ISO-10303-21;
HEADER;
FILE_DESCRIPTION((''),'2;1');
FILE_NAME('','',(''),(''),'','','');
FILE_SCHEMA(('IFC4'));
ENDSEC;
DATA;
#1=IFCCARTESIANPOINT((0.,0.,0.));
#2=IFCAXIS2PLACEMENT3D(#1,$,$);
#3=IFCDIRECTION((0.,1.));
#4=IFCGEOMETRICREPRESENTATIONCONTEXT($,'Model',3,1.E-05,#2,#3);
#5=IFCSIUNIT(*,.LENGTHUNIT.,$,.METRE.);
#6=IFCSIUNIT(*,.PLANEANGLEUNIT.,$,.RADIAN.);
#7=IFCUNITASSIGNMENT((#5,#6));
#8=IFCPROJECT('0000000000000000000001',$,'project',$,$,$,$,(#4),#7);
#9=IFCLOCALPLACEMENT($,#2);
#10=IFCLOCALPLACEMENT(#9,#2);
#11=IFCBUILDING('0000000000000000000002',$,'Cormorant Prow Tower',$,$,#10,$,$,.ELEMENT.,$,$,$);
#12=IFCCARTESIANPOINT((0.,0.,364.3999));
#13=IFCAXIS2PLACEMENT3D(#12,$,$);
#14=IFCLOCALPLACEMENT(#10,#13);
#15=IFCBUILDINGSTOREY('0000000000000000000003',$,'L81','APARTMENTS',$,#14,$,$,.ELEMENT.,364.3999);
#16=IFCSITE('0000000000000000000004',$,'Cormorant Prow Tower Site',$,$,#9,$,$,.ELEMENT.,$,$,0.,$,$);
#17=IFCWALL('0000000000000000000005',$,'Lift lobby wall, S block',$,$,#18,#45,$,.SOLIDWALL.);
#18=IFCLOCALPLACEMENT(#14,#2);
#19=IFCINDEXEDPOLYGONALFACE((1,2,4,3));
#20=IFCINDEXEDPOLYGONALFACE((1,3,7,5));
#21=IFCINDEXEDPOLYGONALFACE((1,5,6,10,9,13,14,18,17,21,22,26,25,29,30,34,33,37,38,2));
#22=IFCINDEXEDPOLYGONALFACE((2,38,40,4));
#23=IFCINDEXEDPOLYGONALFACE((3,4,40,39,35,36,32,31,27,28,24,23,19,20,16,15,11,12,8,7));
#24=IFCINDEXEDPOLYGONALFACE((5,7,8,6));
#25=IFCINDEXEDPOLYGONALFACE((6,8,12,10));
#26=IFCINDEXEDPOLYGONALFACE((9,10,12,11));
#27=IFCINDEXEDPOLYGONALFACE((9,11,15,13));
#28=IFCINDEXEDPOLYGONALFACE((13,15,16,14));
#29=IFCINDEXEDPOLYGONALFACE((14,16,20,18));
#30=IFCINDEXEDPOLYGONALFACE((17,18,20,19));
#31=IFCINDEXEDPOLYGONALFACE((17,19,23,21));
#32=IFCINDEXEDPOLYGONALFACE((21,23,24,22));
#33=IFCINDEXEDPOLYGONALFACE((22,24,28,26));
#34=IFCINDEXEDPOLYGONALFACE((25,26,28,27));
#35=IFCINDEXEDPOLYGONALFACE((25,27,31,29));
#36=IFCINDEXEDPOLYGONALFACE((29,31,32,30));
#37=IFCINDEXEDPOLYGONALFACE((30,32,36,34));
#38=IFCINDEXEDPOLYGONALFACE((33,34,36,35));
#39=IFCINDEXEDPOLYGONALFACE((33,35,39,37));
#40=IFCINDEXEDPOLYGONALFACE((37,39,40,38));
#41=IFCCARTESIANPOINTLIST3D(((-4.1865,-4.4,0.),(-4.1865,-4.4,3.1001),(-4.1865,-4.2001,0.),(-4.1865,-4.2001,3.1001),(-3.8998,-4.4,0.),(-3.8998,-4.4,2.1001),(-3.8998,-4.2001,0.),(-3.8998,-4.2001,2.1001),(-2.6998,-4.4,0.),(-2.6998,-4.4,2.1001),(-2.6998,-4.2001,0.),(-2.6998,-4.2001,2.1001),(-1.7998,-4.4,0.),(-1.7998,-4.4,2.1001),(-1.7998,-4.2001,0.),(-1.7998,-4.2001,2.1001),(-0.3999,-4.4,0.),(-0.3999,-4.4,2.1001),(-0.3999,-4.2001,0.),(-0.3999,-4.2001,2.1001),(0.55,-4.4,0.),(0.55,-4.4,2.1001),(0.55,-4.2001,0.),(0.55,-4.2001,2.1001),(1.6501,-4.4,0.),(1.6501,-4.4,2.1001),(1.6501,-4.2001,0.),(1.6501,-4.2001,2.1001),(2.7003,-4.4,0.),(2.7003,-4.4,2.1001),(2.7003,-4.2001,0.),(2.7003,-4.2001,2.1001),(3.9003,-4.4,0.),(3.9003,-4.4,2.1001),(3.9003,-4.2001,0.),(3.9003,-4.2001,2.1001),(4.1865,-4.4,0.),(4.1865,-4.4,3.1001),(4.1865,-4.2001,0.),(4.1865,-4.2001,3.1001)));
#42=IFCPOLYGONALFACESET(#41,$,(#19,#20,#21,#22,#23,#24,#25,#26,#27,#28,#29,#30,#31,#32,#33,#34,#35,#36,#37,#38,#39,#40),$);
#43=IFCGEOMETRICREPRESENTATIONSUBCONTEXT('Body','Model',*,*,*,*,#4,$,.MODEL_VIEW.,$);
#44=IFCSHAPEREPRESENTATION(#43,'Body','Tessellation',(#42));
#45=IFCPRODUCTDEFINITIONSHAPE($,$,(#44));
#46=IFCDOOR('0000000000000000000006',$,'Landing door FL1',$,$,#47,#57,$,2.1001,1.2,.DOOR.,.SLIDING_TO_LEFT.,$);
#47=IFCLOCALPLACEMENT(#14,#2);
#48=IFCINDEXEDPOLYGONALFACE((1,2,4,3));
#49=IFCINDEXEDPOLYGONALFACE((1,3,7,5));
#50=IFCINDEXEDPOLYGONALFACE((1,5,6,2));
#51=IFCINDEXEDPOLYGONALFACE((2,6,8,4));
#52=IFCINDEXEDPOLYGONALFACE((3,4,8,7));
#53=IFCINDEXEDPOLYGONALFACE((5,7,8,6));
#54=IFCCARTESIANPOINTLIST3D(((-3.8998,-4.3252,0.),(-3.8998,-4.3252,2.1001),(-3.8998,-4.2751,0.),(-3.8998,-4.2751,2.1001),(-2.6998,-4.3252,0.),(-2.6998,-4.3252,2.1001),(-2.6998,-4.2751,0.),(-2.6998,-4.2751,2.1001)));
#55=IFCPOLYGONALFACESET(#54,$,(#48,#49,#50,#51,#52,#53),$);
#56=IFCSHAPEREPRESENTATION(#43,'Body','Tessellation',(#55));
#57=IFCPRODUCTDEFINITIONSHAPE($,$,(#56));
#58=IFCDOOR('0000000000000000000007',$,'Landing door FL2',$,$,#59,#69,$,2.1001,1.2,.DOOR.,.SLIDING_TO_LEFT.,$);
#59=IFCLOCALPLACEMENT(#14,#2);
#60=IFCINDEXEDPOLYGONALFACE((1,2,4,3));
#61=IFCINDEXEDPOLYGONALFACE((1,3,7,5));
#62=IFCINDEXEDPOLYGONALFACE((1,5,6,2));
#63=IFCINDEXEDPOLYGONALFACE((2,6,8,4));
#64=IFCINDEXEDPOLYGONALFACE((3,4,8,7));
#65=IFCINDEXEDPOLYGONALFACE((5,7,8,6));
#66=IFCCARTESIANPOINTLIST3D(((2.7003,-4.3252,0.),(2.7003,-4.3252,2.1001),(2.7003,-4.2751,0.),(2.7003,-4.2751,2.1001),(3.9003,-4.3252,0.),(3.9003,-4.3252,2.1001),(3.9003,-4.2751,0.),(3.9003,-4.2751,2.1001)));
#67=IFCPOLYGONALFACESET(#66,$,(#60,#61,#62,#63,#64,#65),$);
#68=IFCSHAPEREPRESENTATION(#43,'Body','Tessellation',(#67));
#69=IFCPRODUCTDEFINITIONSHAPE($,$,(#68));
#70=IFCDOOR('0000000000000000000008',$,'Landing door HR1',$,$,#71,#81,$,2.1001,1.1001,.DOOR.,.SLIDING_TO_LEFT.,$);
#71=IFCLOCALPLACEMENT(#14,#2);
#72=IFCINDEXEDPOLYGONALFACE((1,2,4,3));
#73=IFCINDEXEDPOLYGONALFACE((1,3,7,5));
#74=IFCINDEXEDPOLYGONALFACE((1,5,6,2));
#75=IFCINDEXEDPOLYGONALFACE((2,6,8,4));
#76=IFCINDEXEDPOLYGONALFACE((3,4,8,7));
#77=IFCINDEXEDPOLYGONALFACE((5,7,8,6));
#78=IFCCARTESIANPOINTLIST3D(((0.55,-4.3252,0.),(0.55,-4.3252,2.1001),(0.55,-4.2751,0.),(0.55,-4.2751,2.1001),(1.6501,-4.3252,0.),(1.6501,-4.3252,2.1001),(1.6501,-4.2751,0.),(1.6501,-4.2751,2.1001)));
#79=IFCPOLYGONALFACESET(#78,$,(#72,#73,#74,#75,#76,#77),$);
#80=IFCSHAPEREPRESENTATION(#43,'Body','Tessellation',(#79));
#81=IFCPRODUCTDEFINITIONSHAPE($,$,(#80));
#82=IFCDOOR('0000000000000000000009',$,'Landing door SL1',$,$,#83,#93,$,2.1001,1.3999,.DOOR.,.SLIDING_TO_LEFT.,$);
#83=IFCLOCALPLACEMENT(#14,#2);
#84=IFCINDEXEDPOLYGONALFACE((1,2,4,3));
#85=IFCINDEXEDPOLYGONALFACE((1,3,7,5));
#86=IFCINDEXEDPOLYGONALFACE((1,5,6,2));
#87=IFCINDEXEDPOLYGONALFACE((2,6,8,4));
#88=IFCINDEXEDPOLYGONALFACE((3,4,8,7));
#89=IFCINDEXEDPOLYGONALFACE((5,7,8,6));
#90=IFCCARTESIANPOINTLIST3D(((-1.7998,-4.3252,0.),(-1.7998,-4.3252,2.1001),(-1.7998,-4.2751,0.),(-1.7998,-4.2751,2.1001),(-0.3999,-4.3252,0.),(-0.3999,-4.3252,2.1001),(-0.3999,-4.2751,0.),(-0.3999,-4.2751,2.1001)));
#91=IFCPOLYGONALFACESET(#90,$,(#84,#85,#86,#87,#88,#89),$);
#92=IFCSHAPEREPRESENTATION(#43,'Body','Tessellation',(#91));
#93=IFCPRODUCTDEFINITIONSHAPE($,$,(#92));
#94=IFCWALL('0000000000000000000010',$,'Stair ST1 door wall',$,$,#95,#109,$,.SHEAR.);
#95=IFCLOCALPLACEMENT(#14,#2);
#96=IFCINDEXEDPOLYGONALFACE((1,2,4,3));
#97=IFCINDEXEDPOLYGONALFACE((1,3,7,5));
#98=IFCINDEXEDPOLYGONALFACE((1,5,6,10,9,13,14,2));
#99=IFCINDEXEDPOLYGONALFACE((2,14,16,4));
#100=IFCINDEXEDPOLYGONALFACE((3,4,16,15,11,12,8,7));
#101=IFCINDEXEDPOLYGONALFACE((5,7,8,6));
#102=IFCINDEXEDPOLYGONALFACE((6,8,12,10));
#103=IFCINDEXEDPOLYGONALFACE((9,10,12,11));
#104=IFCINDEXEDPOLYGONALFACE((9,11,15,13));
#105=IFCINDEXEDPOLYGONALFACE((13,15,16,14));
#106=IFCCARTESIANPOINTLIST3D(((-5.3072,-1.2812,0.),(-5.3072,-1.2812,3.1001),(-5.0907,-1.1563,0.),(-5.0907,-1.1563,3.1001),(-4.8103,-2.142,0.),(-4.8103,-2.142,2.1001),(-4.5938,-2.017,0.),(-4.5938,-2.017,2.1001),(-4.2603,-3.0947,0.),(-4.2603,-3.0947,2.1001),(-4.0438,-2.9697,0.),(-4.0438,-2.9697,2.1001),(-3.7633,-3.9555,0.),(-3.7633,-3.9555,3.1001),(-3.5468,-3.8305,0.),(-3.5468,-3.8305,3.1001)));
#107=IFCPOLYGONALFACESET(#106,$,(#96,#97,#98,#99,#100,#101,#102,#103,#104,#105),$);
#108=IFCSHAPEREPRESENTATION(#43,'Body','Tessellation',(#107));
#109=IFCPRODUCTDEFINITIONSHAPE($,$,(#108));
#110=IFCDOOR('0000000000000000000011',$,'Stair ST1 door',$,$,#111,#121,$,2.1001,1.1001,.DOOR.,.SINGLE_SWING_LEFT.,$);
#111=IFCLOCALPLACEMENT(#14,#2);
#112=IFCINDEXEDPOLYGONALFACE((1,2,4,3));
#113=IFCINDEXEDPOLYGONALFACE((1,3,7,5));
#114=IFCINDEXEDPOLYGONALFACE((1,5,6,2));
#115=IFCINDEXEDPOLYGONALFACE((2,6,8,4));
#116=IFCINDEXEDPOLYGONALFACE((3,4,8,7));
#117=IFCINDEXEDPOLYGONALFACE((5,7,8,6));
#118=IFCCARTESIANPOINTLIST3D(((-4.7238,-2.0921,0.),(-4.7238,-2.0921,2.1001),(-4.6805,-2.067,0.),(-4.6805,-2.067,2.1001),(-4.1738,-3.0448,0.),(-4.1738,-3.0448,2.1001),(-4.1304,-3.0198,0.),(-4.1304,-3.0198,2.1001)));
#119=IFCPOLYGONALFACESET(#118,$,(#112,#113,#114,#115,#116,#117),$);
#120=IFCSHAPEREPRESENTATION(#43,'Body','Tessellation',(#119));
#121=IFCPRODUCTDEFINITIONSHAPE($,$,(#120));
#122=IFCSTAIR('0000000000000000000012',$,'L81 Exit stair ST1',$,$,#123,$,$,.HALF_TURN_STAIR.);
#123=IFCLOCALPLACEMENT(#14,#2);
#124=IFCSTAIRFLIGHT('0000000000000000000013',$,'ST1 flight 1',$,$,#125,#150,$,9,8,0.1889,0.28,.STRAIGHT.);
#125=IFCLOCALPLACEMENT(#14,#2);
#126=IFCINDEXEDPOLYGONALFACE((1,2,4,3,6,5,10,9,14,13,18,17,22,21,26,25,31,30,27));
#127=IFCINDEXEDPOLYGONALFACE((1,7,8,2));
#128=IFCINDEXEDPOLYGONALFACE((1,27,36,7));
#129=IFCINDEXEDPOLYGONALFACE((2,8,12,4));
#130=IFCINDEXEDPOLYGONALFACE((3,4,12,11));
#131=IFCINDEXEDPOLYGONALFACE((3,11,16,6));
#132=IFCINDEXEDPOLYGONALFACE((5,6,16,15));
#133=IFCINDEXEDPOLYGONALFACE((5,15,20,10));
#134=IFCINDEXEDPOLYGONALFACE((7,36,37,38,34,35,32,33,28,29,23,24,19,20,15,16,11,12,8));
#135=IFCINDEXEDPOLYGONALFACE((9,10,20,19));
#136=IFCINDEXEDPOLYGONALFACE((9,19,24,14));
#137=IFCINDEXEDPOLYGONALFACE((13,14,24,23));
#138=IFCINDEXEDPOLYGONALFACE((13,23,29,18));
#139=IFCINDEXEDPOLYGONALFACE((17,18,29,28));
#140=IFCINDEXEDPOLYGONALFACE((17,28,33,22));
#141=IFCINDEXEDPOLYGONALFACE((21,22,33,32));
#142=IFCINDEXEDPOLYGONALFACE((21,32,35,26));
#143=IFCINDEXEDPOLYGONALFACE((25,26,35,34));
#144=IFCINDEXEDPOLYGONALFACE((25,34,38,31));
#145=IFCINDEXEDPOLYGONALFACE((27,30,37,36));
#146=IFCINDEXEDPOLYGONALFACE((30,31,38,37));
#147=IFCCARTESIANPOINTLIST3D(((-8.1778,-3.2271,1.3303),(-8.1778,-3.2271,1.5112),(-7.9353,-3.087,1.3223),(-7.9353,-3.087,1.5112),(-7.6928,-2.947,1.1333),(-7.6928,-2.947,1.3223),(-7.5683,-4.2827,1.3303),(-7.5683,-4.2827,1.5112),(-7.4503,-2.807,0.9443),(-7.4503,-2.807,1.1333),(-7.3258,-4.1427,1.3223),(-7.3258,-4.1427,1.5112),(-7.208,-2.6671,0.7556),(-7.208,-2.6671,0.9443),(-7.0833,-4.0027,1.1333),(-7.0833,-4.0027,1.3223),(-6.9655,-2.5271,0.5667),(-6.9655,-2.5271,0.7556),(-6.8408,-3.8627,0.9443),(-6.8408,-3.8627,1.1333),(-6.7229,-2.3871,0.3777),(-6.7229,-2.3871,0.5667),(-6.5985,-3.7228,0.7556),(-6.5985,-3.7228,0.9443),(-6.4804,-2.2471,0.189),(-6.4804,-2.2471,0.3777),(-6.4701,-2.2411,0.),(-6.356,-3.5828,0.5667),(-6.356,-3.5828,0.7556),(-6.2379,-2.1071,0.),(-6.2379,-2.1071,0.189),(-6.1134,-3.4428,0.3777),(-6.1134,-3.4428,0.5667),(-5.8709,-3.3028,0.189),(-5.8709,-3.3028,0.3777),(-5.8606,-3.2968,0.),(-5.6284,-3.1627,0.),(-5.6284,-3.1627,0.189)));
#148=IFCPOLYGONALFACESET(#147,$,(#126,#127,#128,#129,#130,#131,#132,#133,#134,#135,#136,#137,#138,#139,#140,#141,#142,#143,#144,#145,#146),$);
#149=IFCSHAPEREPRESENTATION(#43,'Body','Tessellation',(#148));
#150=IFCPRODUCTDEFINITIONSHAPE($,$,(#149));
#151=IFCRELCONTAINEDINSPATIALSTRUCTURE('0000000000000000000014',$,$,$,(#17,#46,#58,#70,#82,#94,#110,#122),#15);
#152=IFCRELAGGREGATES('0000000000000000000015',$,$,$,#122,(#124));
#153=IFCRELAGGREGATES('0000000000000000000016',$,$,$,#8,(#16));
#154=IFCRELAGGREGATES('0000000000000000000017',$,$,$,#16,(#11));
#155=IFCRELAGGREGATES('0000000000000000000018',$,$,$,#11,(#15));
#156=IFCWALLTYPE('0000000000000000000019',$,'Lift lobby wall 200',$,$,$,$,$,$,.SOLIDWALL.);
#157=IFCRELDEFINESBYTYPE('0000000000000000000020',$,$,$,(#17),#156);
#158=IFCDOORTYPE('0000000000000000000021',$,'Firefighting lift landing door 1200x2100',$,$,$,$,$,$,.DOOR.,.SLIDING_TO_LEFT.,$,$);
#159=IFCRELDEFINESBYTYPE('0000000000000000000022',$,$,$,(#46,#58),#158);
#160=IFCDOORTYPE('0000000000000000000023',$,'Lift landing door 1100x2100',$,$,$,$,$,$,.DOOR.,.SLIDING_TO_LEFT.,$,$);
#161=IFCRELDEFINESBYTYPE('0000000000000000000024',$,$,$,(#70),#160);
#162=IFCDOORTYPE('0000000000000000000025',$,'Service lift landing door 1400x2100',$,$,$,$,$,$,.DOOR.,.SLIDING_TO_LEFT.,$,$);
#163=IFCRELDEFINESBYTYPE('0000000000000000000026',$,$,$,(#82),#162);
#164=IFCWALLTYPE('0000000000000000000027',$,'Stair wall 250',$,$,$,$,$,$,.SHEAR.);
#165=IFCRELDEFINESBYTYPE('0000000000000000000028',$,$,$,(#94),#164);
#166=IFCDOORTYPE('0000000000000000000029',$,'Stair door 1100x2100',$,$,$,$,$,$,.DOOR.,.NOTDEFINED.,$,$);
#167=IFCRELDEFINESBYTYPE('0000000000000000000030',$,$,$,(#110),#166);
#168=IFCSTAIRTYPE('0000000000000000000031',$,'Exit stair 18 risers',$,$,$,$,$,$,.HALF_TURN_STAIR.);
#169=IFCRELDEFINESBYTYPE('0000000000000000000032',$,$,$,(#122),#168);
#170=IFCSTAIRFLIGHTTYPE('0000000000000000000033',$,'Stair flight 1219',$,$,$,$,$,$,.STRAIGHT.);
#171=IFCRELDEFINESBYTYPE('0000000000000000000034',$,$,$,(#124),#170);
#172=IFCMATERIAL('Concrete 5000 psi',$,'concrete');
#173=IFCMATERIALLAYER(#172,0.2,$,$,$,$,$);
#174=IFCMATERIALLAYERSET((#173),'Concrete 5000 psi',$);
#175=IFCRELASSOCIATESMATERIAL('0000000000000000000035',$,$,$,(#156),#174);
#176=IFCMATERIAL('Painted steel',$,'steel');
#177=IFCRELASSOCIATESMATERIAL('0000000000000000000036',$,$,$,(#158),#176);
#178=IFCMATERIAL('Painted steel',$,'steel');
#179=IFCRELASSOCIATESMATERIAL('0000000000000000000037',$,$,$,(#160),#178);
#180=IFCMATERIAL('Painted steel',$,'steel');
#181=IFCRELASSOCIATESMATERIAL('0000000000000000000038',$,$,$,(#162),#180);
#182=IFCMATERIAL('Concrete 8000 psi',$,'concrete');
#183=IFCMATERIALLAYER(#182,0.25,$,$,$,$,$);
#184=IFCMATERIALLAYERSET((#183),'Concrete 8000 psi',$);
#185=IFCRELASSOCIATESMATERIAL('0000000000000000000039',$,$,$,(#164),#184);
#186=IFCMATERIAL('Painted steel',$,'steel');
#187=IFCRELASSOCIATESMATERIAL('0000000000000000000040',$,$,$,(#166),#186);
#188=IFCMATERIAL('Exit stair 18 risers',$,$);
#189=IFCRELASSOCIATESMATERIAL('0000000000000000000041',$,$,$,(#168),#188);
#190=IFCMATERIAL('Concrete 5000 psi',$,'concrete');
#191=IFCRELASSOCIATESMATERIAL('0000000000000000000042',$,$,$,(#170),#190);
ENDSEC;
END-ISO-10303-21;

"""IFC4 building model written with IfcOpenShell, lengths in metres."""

from ifc_helpers import new_model, si_unit, direction, frame, frame_2d, origin, place, context, subcontext, project, spatial, polyline, rectangle, outline, extrude, material, layer, layer_set, type_object, element, fill, aggregate, save


model = new_model("IFC4")

# Units and contexts
model_context = context("Model", 3, precision=1e-05, world=origin(), true_north=direction((0.0, 1.0)))
body_context = subcontext(model_context, "Body", "Model", "MODEL_VIEW")
ifc_project = project(units=[si_unit("LENGTHUNIT", "METRE"), si_unit("PLANEANGLEUNIT", "RADIAN")], contexts=[model_context])

# Site, building, storey
site_placement = place(None, origin())
site = spatial("IfcSite", under=ifc_project, at=site_placement, Name="Cormorant Prow Tower Site", CompositionType="ELEMENT", RefElevation=0.0)
building_placement = place(site_placement, origin())
building = spatial("IfcBuilding", under=site, at=building_placement, Name="Cormorant Prow Tower", CompositionType="ELEMENT")
storey_placement = place(building_placement, frame((0.0, 0.0, 364.3999)))
storey = spatial("IfcBuildingStorey", under=building, at=storey_placement, Name="L81", Description="APARTMENTS", CompositionType="ELEMENT", Elevation=364.3999)

# Wall, openings, doors
ifc_material_1 = material(Name="Concrete 5000 psi", Category="concrete")
ifc_layer_1 = layer(ifc_material_1, 0.2)
ifc_layer_set_1 = layer_set([ifc_layer_1], Name="Concrete 5000 psi")
wall_type_1 = type_object("IfcWallType", Name="Lift lobby wall 200", PredefinedType="SOLIDWALL", material=ifc_layer_set_1)
wall_1_placement = place(storey_placement, frame((-4.1865, -4.3, 0.0), z_axis=(0.0, 0.0, 1.0), x_axis=(1.0, 0.0, 0.0)))
wall_1 = element("IfcWall", 1, at=wall_1_placement, inside=storey, type_object=wall_type_1, Name="Lift lobby wall, S block", PredefinedType="SOLIDWALL", context=body_context, shape_type="SweptSolid", body=[
    extrude(rectangle(XDim=8.373, YDim=0.2, at=frame_2d((4.1865, 0.0))), origin(), (0.0, 0.0, 1.0), 3.1001),
])
opening_1_placement = place(wall_1_placement, frame((0.2866, 0.0, 0.0)))
opening_1 = element("IfcOpeningElement", 2, at=opening_1_placement, cuts=wall_1, PredefinedType="OPENING", context=body_context, shape_type="SweptSolid", body=[
    extrude(rectangle(XDim=1.2, YDim=2.1001, at=frame_2d((0.6001, 1.05))), frame((0.0, 0.1099, 0.0), z_axis=(0.0, -1.0, 0.0), x_axis=(1.0, 0.0, 0.0)), (0.0, 0.0, 1.0), 0.22),
])
opening_2_placement = place(wall_1_placement, frame((2.3867, 0.0, 0.0)))
opening_2 = element("IfcOpeningElement", 3, at=opening_2_placement, cuts=wall_1, PredefinedType="OPENING", context=body_context, shape_type="SweptSolid", body=[
    extrude(rectangle(XDim=1.3999, YDim=2.1001, at=frame_2d((0.7, 1.05))), frame((0.0, 0.1099, 0.0), z_axis=(0.0, -1.0, 0.0), x_axis=(1.0, 0.0, 0.0)), (0.0, 0.0, 1.0), 0.22),
])
opening_3_placement = place(wall_1_placement, frame((4.7366, 0.0, 0.0)))
opening_3 = element("IfcOpeningElement", 4, at=opening_3_placement, cuts=wall_1, PredefinedType="OPENING", context=body_context, shape_type="SweptSolid", body=[
    extrude(rectangle(XDim=1.1001, YDim=2.1001, at=frame_2d((0.55, 1.05))), frame((0.0, 0.1099, 0.0), z_axis=(0.0, -1.0, 0.0), x_axis=(1.0, 0.0, 0.0)), (0.0, 0.0, 1.0), 0.22),
])
opening_4_placement = place(wall_1_placement, frame((6.8867, 0.0, 0.0)))
opening_4 = element("IfcOpeningElement", 5, at=opening_4_placement, cuts=wall_1, PredefinedType="OPENING", context=body_context, shape_type="SweptSolid", body=[
    extrude(rectangle(XDim=1.2, YDim=2.1001, at=frame_2d((0.6001, 1.05))), frame((0.0, 0.1099, 0.0), z_axis=(0.0, -1.0, 0.0), x_axis=(1.0, 0.0, 0.0)), (0.0, 0.0, 1.0), 0.22),
])
ifc_material_2 = material(Name="Painted steel", Category="steel")
door_type_1 = type_object("IfcDoorType", Name="Firefighting lift landing door 1200x2100", OperationType="SLIDING_TO_LEFT", PredefinedType="DOOR", material=ifc_material_2)
door_1_placement = place(opening_1_placement, origin())
door_1 = element("IfcDoor", 6, at=door_1_placement, inside=storey, type_object=door_type_1, Name="Landing door FL1", OperationType="SLIDING_TO_LEFT", OverallHeight=2.1001, OverallWidth=1.2, PredefinedType="DOOR", context=body_context, shape_type="SweptSolid", body=[
    extrude(rectangle(XDim=1.2, YDim=2.1001, at=frame_2d((0.6001, 1.05))), frame((0.0, 0.0249, 0.0), z_axis=(0.0, -1.0, 0.0), x_axis=(1.0, 0.0, 0.0)), (0.0, 0.0, 1.0), 0.05),
])
fill(opening_1, door_1)
door_2_placement = place(opening_4_placement, origin())
door_2 = element("IfcDoor", 7, at=door_2_placement, inside=storey, type_object=door_type_1, Name="Landing door FL2", OperationType="SLIDING_TO_LEFT", OverallHeight=2.1001, OverallWidth=1.2, PredefinedType="DOOR", context=body_context, shape_type="SweptSolid", body=[
    extrude(rectangle(XDim=1.2, YDim=2.1001, at=frame_2d((0.6001, 1.05))), frame((0.0, 0.0249, 0.0), z_axis=(0.0, -1.0, 0.0), x_axis=(1.0, 0.0, 0.0)), (0.0, 0.0, 1.0), 0.05),
])
fill(opening_4, door_2)
ifc_material_3 = material(Name="Painted steel", Category="steel")
door_type_2 = type_object("IfcDoorType", Name="Lift landing door 1100x2100", OperationType="SLIDING_TO_LEFT", PredefinedType="DOOR", material=ifc_material_3)
door_3_placement = place(opening_3_placement, origin())
door_3 = element("IfcDoor", 8, at=door_3_placement, inside=storey, type_object=door_type_2, Name="Landing door HR1", OperationType="SLIDING_TO_LEFT", OverallHeight=2.1001, OverallWidth=1.1001, PredefinedType="DOOR", context=body_context, shape_type="SweptSolid", body=[
    extrude(rectangle(XDim=1.1001, YDim=2.1001, at=frame_2d((0.55, 1.05))), frame((0.0, 0.0249, 0.0), z_axis=(0.0, -1.0, 0.0), x_axis=(1.0, 0.0, 0.0)), (0.0, 0.0, 1.0), 0.05),
])
fill(opening_3, door_3)
ifc_material_4 = material(Name="Painted steel", Category="steel")
door_type_3 = type_object("IfcDoorType", Name="Service lift landing door 1400x2100", OperationType="SLIDING_TO_LEFT", PredefinedType="DOOR", material=ifc_material_4)
door_4_placement = place(opening_2_placement, origin())
door_4 = element("IfcDoor", 9, at=door_4_placement, inside=storey, type_object=door_type_3, Name="Landing door SL1", OperationType="SLIDING_TO_LEFT", OverallHeight=2.1001, OverallWidth=1.3999, PredefinedType="DOOR", context=body_context, shape_type="SweptSolid", body=[
    extrude(rectangle(XDim=1.3999, YDim=2.1001, at=frame_2d((0.7, 1.05))), frame((0.0, 0.0249, 0.0), z_axis=(0.0, -1.0, 0.0), x_axis=(1.0, 0.0, 0.0)), (0.0, 0.0, 1.0), 0.05),
])
fill(opening_2, door_4)

# Wall, opening, door
ifc_material_5 = material(Name="Concrete 8000 psi", Category="concrete")
ifc_layer_2 = layer(ifc_material_5, 0.25)
ifc_layer_set_2 = layer_set([ifc_layer_2], Name="Concrete 8000 psi")
wall_type_2 = type_object("IfcWallType", Name="Stair wall 250", PredefinedType="SHEAR", material=ifc_layer_set_2)
wall_2_placement = place(storey_placement, frame((-5.199, -1.2188, 0.0), z_axis=(0.0, 0.0, 1.0), x_axis=(0.499983, -0.866035, 0.0)))
wall_2 = element("IfcWall", 10, at=wall_2_placement, inside=storey, type_object=wall_type_2, Name="Stair ST1 door wall", PredefinedType="SHEAR", context=body_context, shape_type="SweptSolid", body=[
    extrude(rectangle(XDim=3.0879, YDim=0.25, at=frame_2d((1.5439, 0.0))), origin(), (0.0, 0.0, 1.0), 3.1001),
])
opening_5_placement = place(wall_2_placement, frame((0.9939, 0.0, 0.0)))
opening_5 = element("IfcOpeningElement", 11, at=opening_5_placement, cuts=wall_2, PredefinedType="OPENING", context=body_context, shape_type="SweptSolid", body=[
    extrude(rectangle(XDim=1.1001, YDim=2.1001, at=frame_2d((0.55, 1.05))), frame((0.0, 0.135, 0.0), z_axis=(0.0, -1.0, 0.0), x_axis=(1.0, 0.0, 0.0)), (0.0, 0.0, 1.0), 0.27),
])
ifc_material_6 = material(Name="Painted steel", Category="steel")
door_type_4 = type_object("IfcDoorType", Name="Stair door 1100x2100", OperationType="NOTDEFINED", PredefinedType="DOOR", material=ifc_material_6)
door_5_placement = place(opening_5_placement, origin())
door_5 = element("IfcDoor", 12, at=door_5_placement, inside=storey, type_object=door_type_4, Name="Stair ST1 door", OperationType="SINGLE_SWING_LEFT", OverallHeight=2.1001, OverallWidth=1.1001, PredefinedType="DOOR", context=body_context, shape_type="SweptSolid", body=[
    extrude(rectangle(XDim=1.1001, YDim=2.1001, at=frame_2d((0.55, 1.05))), frame((0.0, 0.0249, 0.0), z_axis=(0.0, -1.0, 0.0), x_axis=(1.0, 0.0, 0.0)), (0.0, 0.0, 1.0), 0.05),
])
fill(opening_5, door_5)

# Stair, stair flight
ifc_material_7 = material(Name="Exit stair 18 risers")
stair_type = type_object("IfcStairType", Name="Exit stair 18 risers", PredefinedType="HALF_TURN_STAIR", material=ifc_material_7)
stair_placement = place(storey_placement, origin())
stair = element("IfcStair", 13, at=stair_placement, inside=storey, type_object=stair_type, Name="L81 Exit stair ST1", PredefinedType="HALF_TURN_STAIR")
ifc_material_8 = material(Name="Concrete 5000 psi", Category="concrete")
stair_flight_type = type_object("IfcStairFlightType", Name="Stair flight 1219", PredefinedType="STRAIGHT", material=ifc_material_8)
stair_flight_1_placement = place(storey_placement, frame((-5.9331, -2.635, 0.0), z_axis=(0.0, 0.0, 1.0), x_axis=(-0.866025, -0.5, 0.0)))
stair_flight_1 = element("IfcStairFlight", 14, at=stair_flight_1_placement, type_object=stair_flight_type, Name="ST1 flight 1", NumberOfRisers=9, NumberOfTreads=8, PredefinedType="STRAIGHT", RiserHeight=0.1889, TreadLength=0.28, context=body_context, shape_type="SweptSolid", body=[
    extrude(outline(polyline([(0.0, 0.0), (0.0, 0.189), (0.28, 0.189), (0.28, 0.3777), (0.5601, 0.3777), (0.5601, 0.5667), (0.8401, 0.5667), (0.8401, 0.7556), (1.1201, 0.7556), (1.1201, 0.9443), (1.3999, 0.9443), (1.3999, 1.1333), (1.6799, 1.1333), (1.6799, 1.3223), (1.96, 1.3223), (1.96, 1.5112), (2.24, 1.5112), (2.24, 1.7), (2.24, 1.3303), (0.2681, 0.0), (0.0, 0.0)])), frame((0.0, 0.6094, 0.0), z_axis=(0.0, -1.0, 0.0), x_axis=(1.0, 0.0, 0.0)), (0.0, 0.0, 1.0), 1.219),
])
aggregate(stair, [stair_flight_1])

save(model, "model.ifc")
